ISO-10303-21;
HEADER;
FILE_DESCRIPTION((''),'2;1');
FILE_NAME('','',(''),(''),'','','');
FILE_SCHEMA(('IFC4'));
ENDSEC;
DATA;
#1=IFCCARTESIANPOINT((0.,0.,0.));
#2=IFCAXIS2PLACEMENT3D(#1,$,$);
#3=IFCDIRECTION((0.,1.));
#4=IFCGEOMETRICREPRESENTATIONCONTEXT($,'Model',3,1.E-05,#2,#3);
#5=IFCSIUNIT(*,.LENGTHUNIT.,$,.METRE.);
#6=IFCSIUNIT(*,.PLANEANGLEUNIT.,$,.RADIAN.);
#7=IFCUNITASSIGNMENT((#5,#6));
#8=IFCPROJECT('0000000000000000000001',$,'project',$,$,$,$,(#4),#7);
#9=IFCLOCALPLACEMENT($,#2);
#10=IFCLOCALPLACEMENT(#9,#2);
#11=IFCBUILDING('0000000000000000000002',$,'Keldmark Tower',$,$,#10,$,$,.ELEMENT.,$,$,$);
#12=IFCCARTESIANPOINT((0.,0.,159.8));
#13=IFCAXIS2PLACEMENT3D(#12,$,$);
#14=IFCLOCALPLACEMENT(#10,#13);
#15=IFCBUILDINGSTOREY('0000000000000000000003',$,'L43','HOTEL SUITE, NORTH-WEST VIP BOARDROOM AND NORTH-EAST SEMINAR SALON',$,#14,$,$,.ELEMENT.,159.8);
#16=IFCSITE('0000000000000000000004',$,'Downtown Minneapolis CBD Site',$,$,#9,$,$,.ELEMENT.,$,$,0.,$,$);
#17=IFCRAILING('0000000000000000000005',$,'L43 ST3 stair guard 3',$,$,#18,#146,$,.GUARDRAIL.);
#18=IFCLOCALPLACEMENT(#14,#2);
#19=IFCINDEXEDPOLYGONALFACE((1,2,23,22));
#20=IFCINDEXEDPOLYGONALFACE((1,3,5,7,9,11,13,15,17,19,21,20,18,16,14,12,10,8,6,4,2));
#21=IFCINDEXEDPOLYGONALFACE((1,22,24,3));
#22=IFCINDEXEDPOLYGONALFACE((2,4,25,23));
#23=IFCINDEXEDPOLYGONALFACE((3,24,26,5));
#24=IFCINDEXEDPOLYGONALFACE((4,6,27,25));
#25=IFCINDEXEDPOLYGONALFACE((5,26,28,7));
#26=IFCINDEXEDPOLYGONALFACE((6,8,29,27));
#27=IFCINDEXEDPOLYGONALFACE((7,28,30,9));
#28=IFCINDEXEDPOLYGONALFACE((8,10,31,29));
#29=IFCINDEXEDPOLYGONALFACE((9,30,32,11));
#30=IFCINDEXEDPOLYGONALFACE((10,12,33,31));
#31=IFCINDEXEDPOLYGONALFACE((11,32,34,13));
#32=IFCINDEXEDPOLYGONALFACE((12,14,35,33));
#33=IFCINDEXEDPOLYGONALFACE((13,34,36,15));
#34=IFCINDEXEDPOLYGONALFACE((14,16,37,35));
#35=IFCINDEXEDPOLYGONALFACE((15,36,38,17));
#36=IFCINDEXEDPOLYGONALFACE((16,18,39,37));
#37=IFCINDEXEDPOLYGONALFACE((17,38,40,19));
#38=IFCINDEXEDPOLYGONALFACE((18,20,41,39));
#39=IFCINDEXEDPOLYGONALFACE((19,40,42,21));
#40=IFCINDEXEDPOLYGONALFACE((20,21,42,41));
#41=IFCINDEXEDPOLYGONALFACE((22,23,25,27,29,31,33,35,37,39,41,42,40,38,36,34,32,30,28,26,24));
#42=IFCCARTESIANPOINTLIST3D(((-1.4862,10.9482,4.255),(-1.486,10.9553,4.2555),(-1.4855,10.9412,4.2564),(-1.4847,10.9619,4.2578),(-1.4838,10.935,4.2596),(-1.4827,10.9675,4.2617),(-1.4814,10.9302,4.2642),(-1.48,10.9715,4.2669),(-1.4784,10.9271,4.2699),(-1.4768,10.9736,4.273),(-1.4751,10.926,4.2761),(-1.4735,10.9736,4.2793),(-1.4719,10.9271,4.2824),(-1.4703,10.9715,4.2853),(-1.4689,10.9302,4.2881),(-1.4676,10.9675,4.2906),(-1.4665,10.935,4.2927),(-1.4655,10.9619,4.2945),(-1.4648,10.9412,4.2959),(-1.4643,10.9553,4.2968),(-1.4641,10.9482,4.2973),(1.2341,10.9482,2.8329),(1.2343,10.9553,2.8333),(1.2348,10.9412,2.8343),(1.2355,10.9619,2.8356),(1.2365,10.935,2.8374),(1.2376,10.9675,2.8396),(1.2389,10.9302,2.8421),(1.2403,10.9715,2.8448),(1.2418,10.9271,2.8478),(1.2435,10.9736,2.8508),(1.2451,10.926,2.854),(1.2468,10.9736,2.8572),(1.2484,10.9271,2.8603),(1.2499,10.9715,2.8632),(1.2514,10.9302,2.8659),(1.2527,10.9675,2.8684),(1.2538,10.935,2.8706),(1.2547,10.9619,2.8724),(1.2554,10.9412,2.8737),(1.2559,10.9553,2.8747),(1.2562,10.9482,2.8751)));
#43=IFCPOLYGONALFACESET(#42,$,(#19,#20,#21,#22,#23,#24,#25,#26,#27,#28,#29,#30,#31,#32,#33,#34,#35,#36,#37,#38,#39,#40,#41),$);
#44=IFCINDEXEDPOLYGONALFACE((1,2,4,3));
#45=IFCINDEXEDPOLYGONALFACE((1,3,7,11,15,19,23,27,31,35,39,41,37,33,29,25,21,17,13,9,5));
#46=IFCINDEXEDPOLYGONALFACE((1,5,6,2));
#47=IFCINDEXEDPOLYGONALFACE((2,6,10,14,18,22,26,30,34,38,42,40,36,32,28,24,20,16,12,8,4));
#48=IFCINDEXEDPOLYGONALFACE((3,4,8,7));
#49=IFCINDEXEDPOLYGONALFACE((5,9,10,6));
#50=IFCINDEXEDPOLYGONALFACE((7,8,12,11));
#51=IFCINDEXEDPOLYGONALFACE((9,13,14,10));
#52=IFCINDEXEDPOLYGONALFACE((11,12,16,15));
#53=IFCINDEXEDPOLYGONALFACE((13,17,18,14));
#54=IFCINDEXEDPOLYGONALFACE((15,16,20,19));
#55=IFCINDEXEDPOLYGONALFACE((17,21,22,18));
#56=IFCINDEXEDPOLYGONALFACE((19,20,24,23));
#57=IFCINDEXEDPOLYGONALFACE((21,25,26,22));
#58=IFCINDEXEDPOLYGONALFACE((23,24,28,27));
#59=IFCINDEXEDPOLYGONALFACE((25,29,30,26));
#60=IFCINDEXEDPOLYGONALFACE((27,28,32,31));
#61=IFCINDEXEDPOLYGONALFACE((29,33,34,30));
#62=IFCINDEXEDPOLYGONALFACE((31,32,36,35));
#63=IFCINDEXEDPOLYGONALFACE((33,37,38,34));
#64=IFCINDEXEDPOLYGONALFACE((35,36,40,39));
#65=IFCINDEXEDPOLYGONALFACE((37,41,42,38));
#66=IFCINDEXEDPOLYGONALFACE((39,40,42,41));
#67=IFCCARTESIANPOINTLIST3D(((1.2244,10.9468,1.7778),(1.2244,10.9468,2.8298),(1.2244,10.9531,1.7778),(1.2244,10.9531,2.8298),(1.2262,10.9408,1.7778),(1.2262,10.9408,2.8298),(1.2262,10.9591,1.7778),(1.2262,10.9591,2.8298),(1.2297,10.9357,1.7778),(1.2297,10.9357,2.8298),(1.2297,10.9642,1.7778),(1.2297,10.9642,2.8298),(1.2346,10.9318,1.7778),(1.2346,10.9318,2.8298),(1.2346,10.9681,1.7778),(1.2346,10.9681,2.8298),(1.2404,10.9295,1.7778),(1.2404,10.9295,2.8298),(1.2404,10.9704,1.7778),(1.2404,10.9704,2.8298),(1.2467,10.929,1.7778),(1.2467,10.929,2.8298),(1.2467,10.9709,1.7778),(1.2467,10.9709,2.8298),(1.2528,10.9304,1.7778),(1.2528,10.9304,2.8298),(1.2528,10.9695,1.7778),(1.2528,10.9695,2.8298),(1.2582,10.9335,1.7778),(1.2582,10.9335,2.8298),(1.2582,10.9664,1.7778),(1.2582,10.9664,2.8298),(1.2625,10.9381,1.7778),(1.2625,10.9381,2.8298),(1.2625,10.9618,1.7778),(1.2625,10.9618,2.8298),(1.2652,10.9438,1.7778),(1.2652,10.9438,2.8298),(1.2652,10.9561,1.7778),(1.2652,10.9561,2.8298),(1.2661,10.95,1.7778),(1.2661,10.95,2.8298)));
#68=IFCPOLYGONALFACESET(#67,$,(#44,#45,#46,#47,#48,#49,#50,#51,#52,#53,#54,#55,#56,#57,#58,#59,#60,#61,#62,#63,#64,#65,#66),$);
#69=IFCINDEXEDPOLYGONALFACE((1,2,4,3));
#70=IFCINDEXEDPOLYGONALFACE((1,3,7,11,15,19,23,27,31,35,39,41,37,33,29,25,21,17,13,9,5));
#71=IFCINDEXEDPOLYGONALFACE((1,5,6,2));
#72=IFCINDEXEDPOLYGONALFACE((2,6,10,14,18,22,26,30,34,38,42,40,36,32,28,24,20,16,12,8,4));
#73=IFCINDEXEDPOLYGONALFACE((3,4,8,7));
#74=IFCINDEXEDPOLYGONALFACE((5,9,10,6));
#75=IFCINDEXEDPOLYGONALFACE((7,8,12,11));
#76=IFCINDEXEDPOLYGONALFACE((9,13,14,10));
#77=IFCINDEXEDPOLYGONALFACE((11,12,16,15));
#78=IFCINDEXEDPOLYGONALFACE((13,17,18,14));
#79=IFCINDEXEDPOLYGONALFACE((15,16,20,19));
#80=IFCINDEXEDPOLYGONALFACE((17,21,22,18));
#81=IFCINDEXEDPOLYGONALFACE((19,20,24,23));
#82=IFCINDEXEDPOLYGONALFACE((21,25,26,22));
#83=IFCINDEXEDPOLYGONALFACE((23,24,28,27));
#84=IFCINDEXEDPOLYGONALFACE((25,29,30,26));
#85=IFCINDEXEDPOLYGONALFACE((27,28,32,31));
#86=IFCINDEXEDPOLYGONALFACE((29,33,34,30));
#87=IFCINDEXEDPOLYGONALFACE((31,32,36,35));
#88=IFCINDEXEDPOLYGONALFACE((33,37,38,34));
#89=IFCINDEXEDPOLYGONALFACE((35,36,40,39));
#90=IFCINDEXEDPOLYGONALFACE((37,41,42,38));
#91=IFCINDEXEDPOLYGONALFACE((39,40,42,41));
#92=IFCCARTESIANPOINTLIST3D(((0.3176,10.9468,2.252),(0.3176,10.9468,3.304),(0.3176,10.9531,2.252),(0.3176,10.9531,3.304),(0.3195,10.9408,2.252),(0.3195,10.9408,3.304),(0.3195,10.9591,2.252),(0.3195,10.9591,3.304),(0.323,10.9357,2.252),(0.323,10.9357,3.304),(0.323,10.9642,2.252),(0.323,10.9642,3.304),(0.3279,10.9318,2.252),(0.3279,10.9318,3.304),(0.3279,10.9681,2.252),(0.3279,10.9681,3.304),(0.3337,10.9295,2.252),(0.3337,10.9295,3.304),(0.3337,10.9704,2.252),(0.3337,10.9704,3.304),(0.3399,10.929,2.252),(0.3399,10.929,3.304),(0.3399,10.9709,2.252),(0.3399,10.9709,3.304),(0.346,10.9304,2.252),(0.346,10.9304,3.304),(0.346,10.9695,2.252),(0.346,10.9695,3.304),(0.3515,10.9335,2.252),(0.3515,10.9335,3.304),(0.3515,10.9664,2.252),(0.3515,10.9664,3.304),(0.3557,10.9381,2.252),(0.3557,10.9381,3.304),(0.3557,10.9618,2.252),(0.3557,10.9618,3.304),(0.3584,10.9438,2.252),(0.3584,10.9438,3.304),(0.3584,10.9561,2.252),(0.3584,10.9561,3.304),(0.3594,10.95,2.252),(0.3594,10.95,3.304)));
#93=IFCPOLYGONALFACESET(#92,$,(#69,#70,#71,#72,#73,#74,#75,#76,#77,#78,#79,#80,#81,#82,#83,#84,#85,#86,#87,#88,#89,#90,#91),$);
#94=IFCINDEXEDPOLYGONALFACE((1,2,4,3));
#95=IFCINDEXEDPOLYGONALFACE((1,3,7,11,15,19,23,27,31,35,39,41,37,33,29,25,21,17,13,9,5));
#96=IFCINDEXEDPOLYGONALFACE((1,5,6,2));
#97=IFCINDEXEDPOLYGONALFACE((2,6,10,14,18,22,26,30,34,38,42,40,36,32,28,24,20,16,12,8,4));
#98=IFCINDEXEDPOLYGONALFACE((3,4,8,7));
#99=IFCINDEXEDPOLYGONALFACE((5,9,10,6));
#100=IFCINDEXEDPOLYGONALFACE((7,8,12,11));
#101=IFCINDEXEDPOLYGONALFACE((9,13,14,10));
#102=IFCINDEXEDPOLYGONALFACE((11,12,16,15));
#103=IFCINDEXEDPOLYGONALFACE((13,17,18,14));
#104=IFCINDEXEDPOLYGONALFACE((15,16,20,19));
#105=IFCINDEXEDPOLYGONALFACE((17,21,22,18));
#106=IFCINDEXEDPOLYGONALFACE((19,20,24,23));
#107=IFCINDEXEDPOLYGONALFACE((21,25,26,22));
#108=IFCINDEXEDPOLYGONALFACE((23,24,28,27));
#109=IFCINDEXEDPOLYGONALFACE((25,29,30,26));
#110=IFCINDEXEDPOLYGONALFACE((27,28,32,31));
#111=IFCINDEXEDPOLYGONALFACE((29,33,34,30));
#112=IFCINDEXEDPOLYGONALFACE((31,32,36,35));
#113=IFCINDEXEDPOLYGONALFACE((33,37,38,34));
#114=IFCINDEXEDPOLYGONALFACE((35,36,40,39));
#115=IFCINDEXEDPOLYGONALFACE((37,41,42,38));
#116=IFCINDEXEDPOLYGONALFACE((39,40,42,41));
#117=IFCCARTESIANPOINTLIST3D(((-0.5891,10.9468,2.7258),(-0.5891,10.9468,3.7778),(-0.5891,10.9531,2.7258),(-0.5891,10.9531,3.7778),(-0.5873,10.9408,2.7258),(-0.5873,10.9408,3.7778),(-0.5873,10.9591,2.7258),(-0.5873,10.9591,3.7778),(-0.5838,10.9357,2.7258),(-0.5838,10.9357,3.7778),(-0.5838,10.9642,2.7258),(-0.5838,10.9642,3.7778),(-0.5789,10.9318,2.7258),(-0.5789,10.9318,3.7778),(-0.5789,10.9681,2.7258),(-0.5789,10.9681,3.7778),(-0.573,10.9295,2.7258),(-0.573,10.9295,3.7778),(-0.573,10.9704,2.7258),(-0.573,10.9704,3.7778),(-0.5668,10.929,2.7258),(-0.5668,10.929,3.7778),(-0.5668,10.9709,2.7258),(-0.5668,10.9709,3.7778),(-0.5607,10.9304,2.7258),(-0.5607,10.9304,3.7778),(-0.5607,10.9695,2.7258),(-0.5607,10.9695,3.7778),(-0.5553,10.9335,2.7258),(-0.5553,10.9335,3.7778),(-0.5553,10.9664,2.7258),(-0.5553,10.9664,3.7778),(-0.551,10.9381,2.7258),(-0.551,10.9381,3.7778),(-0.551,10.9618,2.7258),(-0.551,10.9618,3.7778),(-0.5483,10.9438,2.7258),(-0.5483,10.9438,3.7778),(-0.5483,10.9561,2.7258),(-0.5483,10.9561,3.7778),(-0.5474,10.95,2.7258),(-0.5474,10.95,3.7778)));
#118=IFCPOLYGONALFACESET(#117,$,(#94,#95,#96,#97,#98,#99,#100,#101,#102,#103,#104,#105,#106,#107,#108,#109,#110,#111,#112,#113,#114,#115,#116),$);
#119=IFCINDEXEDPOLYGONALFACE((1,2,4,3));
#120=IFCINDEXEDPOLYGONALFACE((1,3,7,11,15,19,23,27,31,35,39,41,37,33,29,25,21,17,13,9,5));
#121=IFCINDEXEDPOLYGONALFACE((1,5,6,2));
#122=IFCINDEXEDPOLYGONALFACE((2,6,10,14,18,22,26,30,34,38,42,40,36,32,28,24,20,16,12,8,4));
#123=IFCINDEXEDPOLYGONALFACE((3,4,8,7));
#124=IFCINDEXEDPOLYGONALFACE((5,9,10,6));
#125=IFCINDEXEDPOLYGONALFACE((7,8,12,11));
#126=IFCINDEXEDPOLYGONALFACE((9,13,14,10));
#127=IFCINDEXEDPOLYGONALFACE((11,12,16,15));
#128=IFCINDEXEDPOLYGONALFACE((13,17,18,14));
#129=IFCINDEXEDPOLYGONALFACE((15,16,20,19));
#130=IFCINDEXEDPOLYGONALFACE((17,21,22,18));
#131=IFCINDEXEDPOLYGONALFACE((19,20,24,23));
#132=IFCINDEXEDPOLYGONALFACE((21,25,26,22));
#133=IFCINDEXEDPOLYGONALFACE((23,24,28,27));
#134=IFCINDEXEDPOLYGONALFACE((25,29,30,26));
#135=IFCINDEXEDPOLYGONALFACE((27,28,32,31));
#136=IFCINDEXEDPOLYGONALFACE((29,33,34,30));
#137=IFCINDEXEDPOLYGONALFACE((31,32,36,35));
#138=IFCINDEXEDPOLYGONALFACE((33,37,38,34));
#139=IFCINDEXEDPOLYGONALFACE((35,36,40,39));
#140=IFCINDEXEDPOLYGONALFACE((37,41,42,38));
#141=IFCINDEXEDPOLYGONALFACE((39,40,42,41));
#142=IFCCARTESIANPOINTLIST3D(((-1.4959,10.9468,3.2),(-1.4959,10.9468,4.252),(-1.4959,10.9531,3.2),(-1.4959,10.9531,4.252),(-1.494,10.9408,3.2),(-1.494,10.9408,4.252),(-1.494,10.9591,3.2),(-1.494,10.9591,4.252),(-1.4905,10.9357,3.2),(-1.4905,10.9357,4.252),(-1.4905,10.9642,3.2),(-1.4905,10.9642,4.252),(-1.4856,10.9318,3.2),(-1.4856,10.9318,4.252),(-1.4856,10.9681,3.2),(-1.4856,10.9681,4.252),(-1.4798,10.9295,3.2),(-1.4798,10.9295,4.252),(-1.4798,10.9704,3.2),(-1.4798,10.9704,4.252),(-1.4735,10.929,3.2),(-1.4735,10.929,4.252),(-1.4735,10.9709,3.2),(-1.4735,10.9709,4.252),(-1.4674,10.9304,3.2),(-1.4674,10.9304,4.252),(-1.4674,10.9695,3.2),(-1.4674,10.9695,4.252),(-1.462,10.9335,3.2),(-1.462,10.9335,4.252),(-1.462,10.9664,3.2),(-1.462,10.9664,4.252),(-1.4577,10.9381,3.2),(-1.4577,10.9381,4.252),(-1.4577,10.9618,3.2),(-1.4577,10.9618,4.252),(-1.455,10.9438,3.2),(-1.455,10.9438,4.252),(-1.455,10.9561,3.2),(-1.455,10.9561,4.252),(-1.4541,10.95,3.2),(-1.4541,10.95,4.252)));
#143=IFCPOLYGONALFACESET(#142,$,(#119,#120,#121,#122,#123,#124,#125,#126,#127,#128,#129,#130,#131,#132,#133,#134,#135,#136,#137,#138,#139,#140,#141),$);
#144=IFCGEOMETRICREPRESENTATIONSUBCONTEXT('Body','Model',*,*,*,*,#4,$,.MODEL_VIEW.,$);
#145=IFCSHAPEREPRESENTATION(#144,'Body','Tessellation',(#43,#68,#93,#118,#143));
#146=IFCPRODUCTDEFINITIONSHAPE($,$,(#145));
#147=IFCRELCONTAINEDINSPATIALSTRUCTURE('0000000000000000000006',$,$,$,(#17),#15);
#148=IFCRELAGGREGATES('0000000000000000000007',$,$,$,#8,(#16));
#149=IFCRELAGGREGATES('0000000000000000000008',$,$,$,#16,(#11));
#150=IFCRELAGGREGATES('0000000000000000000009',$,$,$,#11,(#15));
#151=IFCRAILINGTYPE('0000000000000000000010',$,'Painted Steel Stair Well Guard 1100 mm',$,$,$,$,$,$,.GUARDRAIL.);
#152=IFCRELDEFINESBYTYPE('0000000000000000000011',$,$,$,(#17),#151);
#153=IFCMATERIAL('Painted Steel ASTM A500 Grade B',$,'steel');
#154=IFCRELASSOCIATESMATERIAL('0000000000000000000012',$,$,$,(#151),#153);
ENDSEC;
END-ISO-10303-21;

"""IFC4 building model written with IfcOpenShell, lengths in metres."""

from ifc_helpers import new_model, si_unit, direction, frame, origin, origin_2d, place, context, subcontext, project, spatial, circle, extrude, material, type_object, element, save


model = new_model("IFC4")

# Units and contexts
model_context = context("Model", 3, precision=1e-05, world=origin(), true_north=direction((0.0, 1.0)))
body_context = subcontext(model_context, "Body", "Model", "MODEL_VIEW")
ifc_project = project(units=[si_unit("LENGTHUNIT", "METRE"), si_unit("PLANEANGLEUNIT", "RADIAN")], contexts=[model_context])

# Site, building, storey
site_placement = place(None, origin())
site = spatial("IfcSite", under=ifc_project, at=site_placement, Name="Downtown Minneapolis CBD Site", CompositionType="ELEMENT", RefElevation=0.0)
building_placement = place(site_placement, origin())
building = spatial("IfcBuilding", under=site, at=building_placement, Name="Keldmark Tower", CompositionType="ELEMENT")
storey_placement = place(building_placement, frame((0.0, 0.0, 159.8)))
storey = spatial("IfcBuildingStorey", under=building, at=storey_placement, Name="L43", Description="HOTEL SUITE, NORTH-WEST VIP BOARDROOM AND NORTH-EAST SEMINAR SALON", CompositionType="ELEMENT", Elevation=159.8)

# Railing
ifc_material_1 = material(Name="Painted Steel ASTM A500 Grade B", Category="steel")
railing_type_1 = type_object("IfcRailingType", Name="Painted Steel Stair Well Guard 1100 mm", PredefinedType="GUARDRAIL", material=ifc_material_1)
railing_1_placement = place(storey_placement, frame((1.2451, 10.95, 1.7778)))
element("IfcRailing", 1, at=railing_1_placement, inside=storey, type_object=railing_type_1, Name="L43 ST3 stair guard 3", PredefinedType="GUARDRAIL", context=body_context, shape_type="SweptSolid", body=[
    extrude(circle(Radius=0.0239, at=origin_2d()), frame((0.0, 0.0, 1.0762), z_axis=(-0.8862, 0.0, 0.463302), x_axis=(0.0, -1.0, 0.0)), (0.0, 0.0, 1.0), 3.0696),
    extrude(circle(Radius=0.021, at=origin_2d()), origin(), (0.0, 0.0, 1.0), 1.052),
    extrude(circle(Radius=0.021, at=origin_2d()), frame((-0.9067, 0.0, 0.4741)), (0.0, 0.0, 1.0), 1.052),
    extrude(circle(Radius=0.021, at=origin_2d()), frame((-1.8135, 0.0, 0.948)), (0.0, 0.0, 1.0), 1.052),
    extrude(circle(Radius=0.021, at=origin_2d()), frame((-2.7202, 0.0, 1.4221)), (0.0, 0.0, 1.0), 1.052),
])

save(model, "model.ifc")
